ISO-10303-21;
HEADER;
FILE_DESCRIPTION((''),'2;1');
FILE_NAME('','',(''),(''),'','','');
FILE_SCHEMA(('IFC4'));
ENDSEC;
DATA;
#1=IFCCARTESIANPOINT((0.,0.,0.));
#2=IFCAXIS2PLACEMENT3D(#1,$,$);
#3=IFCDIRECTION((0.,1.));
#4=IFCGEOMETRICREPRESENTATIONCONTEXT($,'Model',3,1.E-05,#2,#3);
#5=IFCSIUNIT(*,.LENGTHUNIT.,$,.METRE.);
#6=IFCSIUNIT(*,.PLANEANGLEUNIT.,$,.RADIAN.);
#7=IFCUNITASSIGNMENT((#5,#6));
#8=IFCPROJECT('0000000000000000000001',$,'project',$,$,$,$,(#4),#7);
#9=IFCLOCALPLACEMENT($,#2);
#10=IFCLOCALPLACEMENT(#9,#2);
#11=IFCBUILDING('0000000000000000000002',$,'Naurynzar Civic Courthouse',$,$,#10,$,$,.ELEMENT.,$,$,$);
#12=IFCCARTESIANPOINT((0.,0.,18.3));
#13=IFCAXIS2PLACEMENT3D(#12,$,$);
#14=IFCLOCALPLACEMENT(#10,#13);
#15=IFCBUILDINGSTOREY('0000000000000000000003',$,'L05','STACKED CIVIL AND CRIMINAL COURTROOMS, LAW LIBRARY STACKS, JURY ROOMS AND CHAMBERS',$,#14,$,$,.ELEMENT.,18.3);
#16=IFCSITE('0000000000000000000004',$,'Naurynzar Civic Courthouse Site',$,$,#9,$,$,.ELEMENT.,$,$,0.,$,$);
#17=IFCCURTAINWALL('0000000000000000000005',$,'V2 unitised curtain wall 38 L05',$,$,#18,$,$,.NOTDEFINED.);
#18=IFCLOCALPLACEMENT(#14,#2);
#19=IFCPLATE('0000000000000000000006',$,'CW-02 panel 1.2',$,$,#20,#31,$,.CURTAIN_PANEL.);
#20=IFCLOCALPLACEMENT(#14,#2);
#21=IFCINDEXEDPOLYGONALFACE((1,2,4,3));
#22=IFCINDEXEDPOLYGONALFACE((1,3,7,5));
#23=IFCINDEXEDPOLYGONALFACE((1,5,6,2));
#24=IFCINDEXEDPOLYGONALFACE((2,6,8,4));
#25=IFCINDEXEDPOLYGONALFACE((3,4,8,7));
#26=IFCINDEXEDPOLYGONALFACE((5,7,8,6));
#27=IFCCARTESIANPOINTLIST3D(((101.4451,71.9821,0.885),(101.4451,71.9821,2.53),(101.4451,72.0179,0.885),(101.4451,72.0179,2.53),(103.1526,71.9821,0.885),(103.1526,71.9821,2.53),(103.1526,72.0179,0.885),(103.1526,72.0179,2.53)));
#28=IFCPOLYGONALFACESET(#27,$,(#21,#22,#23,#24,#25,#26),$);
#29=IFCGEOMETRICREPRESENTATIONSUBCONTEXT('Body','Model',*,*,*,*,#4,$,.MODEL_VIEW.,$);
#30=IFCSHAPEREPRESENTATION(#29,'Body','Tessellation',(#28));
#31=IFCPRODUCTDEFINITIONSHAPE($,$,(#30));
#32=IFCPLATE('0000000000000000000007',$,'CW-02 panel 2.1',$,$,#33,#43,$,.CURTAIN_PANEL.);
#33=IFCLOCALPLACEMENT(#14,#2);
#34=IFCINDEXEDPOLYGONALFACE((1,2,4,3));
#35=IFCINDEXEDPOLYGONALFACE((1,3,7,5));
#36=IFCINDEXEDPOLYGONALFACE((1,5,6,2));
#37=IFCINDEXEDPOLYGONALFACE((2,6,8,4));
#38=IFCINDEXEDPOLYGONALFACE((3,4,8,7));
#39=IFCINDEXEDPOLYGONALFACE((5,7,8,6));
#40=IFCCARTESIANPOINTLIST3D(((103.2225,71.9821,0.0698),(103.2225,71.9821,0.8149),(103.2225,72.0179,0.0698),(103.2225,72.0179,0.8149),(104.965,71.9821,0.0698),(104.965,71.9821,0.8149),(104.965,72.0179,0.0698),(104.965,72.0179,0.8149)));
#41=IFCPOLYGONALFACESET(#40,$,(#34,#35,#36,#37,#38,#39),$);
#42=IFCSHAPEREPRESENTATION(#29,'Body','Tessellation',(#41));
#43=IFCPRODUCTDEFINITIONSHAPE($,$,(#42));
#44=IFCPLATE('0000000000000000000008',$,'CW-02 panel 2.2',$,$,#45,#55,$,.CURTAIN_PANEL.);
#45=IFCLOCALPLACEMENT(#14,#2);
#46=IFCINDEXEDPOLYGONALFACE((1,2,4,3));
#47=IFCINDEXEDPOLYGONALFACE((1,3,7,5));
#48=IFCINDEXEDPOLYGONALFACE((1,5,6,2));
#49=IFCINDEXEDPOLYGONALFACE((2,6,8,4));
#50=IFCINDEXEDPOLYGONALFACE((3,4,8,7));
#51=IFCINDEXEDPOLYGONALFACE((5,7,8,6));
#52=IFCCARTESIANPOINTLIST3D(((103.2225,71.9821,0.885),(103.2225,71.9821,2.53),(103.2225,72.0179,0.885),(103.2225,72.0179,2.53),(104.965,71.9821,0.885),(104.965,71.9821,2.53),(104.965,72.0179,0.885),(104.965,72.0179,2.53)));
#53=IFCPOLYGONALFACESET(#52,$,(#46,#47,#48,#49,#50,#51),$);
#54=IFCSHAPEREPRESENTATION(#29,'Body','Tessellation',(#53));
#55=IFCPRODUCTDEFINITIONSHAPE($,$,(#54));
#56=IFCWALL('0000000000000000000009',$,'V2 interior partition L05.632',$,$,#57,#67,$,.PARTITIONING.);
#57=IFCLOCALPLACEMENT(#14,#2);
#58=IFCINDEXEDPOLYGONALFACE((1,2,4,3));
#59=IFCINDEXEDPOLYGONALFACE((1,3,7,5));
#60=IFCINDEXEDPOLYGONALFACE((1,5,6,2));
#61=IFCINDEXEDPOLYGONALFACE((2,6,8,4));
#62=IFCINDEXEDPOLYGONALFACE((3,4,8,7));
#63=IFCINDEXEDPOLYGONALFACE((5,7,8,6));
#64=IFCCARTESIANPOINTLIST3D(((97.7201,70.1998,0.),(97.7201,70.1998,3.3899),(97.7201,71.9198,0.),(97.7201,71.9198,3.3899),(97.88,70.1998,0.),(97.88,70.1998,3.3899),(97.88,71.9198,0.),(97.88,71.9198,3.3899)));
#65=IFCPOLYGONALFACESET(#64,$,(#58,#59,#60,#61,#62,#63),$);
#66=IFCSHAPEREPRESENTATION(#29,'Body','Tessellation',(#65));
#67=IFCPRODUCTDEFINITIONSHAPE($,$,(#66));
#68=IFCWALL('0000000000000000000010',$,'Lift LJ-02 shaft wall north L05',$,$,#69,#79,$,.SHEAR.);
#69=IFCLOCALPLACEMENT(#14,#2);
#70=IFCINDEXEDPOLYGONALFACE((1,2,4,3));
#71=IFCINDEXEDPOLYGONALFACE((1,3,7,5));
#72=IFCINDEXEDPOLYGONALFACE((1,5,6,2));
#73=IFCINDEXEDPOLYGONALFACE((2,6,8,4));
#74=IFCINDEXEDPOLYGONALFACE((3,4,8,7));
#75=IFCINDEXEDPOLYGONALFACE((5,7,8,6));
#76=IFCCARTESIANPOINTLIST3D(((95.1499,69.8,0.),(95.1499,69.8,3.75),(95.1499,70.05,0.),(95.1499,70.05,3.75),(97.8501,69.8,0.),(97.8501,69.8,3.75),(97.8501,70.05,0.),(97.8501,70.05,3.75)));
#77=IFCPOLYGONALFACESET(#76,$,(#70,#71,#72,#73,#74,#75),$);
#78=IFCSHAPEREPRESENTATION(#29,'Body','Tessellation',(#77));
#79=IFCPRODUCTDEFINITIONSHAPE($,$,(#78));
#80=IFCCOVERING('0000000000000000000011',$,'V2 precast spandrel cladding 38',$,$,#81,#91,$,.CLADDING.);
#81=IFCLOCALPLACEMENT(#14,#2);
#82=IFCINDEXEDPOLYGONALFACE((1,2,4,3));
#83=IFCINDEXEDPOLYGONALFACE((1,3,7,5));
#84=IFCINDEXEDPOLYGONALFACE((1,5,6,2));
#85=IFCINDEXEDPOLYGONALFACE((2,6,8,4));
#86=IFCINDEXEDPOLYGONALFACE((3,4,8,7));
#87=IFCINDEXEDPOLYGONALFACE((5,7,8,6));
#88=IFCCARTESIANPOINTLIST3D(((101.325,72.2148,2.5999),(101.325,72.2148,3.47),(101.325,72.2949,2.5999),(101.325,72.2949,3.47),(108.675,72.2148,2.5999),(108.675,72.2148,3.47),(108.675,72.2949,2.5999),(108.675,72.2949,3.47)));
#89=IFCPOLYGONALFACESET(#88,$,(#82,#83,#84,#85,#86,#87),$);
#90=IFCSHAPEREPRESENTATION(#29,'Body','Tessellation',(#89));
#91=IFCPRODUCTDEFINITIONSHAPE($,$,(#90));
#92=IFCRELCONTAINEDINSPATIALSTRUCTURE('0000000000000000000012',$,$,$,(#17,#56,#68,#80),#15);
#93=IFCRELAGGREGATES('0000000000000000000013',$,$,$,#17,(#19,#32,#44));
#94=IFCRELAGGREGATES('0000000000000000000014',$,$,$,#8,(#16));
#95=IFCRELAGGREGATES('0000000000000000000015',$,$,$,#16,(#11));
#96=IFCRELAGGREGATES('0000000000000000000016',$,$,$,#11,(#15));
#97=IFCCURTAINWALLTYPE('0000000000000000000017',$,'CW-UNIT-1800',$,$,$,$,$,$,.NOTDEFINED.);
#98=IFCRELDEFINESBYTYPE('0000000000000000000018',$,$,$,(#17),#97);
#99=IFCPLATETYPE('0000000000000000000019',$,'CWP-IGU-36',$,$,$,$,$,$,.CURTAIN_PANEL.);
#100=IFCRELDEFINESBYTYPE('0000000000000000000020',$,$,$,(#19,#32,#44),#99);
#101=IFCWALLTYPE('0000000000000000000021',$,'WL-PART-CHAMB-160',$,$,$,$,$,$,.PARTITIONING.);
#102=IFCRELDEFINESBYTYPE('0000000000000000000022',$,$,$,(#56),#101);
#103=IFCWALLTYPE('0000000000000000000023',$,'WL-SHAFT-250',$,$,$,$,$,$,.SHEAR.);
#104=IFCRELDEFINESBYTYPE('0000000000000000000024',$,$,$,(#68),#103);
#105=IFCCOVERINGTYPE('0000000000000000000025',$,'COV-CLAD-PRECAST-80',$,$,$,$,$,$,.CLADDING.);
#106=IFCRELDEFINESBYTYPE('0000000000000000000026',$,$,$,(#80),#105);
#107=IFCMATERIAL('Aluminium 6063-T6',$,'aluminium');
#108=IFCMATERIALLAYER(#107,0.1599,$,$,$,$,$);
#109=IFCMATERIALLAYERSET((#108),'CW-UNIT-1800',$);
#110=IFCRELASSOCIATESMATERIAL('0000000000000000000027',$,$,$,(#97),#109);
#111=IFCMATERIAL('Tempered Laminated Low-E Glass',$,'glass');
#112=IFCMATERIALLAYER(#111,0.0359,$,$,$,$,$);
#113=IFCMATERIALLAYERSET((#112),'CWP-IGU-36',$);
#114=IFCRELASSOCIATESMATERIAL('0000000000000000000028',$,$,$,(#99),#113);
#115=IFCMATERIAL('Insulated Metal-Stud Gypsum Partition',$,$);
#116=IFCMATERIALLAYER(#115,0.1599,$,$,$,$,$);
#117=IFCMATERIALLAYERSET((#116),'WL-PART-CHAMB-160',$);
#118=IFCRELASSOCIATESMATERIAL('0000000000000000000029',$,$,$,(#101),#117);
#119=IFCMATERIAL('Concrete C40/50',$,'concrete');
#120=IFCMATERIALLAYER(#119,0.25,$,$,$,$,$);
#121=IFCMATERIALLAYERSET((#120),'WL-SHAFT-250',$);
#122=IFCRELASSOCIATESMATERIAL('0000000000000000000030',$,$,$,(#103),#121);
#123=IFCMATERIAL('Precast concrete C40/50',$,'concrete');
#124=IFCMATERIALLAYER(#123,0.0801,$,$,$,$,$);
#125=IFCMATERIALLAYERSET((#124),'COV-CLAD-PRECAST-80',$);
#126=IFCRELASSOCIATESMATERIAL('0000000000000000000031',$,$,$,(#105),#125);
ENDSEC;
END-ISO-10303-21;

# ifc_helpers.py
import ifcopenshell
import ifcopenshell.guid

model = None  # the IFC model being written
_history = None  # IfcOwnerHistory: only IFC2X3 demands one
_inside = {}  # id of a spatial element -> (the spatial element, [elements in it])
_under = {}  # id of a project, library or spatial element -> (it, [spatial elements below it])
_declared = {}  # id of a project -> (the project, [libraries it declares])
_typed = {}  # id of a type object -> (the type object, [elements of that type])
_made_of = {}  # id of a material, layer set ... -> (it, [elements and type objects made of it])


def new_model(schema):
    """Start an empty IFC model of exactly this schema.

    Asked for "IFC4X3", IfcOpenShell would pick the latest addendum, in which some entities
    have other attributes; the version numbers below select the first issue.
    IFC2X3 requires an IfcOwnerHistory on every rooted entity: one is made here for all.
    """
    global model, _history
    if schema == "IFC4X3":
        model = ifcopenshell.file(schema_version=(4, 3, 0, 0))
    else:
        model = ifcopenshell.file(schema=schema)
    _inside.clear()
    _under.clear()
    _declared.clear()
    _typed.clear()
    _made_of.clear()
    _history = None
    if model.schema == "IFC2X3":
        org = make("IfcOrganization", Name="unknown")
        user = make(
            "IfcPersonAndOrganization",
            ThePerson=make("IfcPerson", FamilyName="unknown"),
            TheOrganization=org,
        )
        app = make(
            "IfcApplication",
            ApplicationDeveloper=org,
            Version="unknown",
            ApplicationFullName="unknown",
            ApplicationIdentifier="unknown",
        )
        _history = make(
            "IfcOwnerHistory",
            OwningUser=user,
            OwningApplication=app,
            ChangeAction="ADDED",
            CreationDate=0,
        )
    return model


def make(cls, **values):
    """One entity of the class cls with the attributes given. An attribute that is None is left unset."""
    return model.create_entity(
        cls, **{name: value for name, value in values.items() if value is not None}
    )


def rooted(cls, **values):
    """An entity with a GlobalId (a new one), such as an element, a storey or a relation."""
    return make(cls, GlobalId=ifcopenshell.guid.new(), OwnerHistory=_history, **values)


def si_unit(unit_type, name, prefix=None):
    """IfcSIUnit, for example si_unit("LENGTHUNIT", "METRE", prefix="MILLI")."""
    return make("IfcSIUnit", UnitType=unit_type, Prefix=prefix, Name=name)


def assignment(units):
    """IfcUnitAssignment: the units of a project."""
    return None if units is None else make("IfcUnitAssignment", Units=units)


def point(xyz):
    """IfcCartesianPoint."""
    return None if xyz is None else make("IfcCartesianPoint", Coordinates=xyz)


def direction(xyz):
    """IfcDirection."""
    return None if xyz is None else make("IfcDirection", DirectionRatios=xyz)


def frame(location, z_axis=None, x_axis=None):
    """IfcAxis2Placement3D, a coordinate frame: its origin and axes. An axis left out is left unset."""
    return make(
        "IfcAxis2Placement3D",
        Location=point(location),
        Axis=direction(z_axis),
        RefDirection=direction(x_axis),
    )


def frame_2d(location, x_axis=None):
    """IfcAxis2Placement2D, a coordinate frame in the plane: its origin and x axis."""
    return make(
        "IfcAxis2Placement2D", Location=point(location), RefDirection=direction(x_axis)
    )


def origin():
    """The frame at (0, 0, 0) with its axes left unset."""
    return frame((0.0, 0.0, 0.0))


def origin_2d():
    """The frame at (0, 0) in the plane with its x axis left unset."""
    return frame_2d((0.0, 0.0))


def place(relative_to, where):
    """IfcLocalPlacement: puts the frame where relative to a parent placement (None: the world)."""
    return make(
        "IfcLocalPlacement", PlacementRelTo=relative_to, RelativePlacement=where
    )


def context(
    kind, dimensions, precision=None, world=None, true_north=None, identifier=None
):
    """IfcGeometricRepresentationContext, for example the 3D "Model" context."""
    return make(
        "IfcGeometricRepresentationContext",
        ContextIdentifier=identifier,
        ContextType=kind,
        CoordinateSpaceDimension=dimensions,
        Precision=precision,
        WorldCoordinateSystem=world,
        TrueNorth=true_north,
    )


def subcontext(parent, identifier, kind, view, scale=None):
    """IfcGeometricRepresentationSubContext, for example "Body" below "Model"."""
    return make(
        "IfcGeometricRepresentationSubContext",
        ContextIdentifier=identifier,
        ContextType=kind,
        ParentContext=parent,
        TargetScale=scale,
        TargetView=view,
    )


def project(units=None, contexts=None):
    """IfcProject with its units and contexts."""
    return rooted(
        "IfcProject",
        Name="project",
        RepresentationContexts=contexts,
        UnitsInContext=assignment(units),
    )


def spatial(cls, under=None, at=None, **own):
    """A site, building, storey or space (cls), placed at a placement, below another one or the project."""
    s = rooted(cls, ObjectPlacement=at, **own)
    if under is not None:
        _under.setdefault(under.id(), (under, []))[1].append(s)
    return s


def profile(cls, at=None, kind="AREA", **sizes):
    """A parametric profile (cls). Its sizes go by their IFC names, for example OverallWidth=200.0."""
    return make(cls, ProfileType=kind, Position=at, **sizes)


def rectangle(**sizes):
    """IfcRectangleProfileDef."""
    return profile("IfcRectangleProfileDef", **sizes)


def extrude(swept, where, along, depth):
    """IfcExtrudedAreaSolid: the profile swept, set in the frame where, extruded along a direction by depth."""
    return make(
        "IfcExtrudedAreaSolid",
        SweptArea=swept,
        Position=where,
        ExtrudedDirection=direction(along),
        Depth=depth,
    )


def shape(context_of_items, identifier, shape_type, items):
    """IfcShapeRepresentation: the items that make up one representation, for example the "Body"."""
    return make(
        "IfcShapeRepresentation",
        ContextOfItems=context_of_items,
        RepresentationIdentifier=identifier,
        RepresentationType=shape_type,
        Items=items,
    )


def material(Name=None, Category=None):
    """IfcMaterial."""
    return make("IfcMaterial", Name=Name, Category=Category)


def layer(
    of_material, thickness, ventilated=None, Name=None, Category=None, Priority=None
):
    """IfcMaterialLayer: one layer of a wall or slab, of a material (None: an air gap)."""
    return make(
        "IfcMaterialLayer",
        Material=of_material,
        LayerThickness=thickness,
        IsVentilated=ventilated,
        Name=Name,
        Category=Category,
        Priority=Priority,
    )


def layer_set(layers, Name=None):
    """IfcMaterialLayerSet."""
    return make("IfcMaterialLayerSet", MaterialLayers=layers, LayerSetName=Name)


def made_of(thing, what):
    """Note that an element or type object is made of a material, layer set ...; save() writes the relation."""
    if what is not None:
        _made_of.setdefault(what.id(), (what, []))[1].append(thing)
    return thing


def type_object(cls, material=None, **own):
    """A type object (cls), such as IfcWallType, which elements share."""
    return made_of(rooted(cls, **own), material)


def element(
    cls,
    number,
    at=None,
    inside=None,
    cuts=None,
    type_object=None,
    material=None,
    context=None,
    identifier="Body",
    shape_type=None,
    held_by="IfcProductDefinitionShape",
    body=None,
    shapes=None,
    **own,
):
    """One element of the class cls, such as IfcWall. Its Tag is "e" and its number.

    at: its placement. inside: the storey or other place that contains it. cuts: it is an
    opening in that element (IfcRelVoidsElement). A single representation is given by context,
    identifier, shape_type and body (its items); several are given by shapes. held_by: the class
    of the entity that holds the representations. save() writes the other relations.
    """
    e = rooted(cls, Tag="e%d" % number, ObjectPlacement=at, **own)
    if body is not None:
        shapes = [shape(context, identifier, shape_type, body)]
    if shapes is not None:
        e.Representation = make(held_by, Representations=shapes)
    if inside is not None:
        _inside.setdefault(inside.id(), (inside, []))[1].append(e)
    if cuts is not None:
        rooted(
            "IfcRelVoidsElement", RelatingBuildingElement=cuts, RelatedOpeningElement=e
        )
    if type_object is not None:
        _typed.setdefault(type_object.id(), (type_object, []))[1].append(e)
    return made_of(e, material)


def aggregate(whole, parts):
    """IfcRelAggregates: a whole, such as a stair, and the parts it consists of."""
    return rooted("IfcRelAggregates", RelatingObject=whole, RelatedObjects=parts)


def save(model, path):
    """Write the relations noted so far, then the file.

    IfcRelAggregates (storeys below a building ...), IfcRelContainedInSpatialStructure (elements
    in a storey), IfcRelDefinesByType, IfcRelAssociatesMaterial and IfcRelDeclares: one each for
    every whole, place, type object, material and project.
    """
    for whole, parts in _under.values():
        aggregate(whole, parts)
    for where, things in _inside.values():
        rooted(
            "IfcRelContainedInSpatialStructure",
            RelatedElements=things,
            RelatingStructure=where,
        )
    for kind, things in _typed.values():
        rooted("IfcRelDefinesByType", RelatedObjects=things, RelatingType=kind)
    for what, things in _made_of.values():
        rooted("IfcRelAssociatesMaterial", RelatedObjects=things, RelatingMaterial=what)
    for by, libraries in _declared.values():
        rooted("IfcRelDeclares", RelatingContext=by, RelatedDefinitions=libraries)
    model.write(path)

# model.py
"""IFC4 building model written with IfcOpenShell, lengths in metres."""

from ifc_helpers import new_model, si_unit, direction, frame, frame_2d, origin, origin_2d, place, context, subcontext, project, spatial, rectangle, extrude, material, layer, layer_set, type_object, element, aggregate, save


model = new_model("IFC4")

# Units and contexts
model_context = context("Model", 3, precision=1e-05, world=origin(), true_north=direction((0.0, 1.0)))
body_context = subcontext(model_context, "Body", "Model", "MODEL_VIEW")
ifc_project = project(units=[si_unit("LENGTHUNIT", "METRE"), si_unit("PLANEANGLEUNIT", "RADIAN")], contexts=[model_context])

# Site, building, storey
site_placement = place(None, origin())
site = spatial("IfcSite", under=ifc_project, at=site_placement, Name="Naurynzar Civic Courthouse Site", CompositionType="ELEMENT", RefElevation=0.0)
building_placement = place(site_placement, origin())
building = spatial("IfcBuilding", under=site, at=building_placement, Name="Naurynzar Civic Courthouse", CompositionType="ELEMENT")
storey_placement = place(building_placement, frame((0.0, 0.0, 18.3)))
storey = spatial("IfcBuildingStorey", under=building, at=storey_placement, Name="L05", Description="STACKED CIVIL AND CRIMINAL COURTROOMS, LAW LIBRARY STACKS, JURY ROOMS AND CHAMBERS", CompositionType="ELEMENT", Elevation=18.3)

# Curtain wall, plates
ifc_material_1 = material(Name="Aluminium 6063-T6", Category="aluminium")
ifc_layer_1 = layer(ifc_material_1, 0.1599)
ifc_layer_set_1 = layer_set([ifc_layer_1], Name="CW-UNIT-1800")
curtain_wall_type = type_object("IfcCurtainWallType", Name="CW-UNIT-1800", PredefinedType="NOTDEFINED", material=ifc_layer_set_1)
curtain_wall_placement = place(storey_placement, origin())
curtain_wall = element("IfcCurtainWall", 1, at=curtain_wall_placement, inside=storey, type_object=curtain_wall_type, Name="V2 unitised curtain wall 38 L05", PredefinedType="NOTDEFINED")
ifc_material_2 = material(Name="Tempered Laminated Low-E Glass", Category="glass")
ifc_layer_2 = layer(ifc_material_2, 0.0359)
ifc_layer_set_2 = layer_set([ifc_layer_2], Name="CWP-IGU-36")
plate_type = type_object("IfcPlateType", Name="CWP-IGU-36", PredefinedType="CURTAIN_PANEL", material=ifc_layer_set_2)
plate_1_placement = place(storey_placement, frame((102.2988, 72.0, 0.885), z_axis=(0.0, 0.0, 1.0), x_axis=(1.0, 0.0, 0.0)))
plate_1 = element("IfcPlate", 2, at=plate_1_placement, type_object=plate_type, Name="CW-02 panel 1.2", PredefinedType="CURTAIN_PANEL", context=body_context, shape_type="SweptSolid", body=[
    extrude(rectangle(XDim=1.7075, YDim=0.0359, at=origin_2d()), origin(), (0.0, 0.0, 1.0), 1.645),
])
plate_2_placement = place(storey_placement, frame((104.0938, 72.0, 0.0698), z_axis=(0.0, 0.0, 1.0), x_axis=(1.0, 0.0, 0.0)))
plate_2 = element("IfcPlate", 3, at=plate_2_placement, type_object=plate_type, Name="CW-02 panel 2.1", PredefinedType="CURTAIN_PANEL", context=body_context, shape_type="SweptSolid", body=[
    extrude(rectangle(XDim=1.7424, YDim=0.0359, at=origin_2d()), origin(), (0.0, 0.0, 1.0), 0.7451),
])
plate_3_placement = place(storey_placement, frame((104.0938, 72.0, 0.885), z_axis=(0.0, 0.0, 1.0), x_axis=(1.0, 0.0, 0.0)))
plate_3 = element("IfcPlate", 4, at=plate_3_placement, type_object=plate_type, Name="CW-02 panel 2.2", PredefinedType="CURTAIN_PANEL", context=body_context, shape_type="SweptSolid", body=[
    extrude(rectangle(XDim=1.7424, YDim=0.0359, at=origin_2d()), origin(), (0.0, 0.0, 1.0), 1.645),
])
aggregate(curtain_wall, [plate_1, plate_2, plate_3])

# Walls
ifc_material_3 = material(Name="Insulated Metal-Stud Gypsum Partition")
ifc_layer_3 = layer(ifc_material_3, 0.1599)
ifc_layer_set_3 = layer_set([ifc_layer_3], Name="WL-PART-CHAMB-160")
wall_type_1 = type_object("IfcWallType", Name="WL-PART-CHAMB-160", PredefinedType="PARTITIONING", material=ifc_layer_set_3)
wall_1_placement = place(storey_placement, frame((97.8, 70.2, 0.0), z_axis=(0.0, 0.0, 1.0), x_axis=(0.0, 1.0, 0.0)))
element("IfcWall", 5, at=wall_1_placement, inside=storey, type_object=wall_type_1, Name="V2 interior partition L05.632", PredefinedType="PARTITIONING", context=body_context, shape_type="SweptSolid", body=[
    extrude(rectangle(XDim=1.72, YDim=0.1599, at=frame_2d((0.8599, 0.0))), origin(), (0.0, 0.0, 1.0), 3.3899),
])
ifc_material_4 = material(Name="Concrete C40/50", Category="concrete")
ifc_layer_4 = layer(ifc_material_4, 0.25)
ifc_layer_set_4 = layer_set([ifc_layer_4], Name="WL-SHAFT-250")
wall_type_2 = type_object("IfcWallType", Name="WL-SHAFT-250", PredefinedType="SHEAR", material=ifc_layer_set_4)
wall_2_placement = place(storey_placement, frame((97.8501, 69.925, 0.0), z_axis=(0.0, 0.0, 1.0), x_axis=(-1.0, 0.0, 0.0)))
element("IfcWall", 6, at=wall_2_placement, inside=storey, type_object=wall_type_2, Name="Lift LJ-02 shaft wall north L05", PredefinedType="SHEAR", context=body_context, shape_type="SweptSolid", body=[
    extrude(rectangle(XDim=2.7002, YDim=0.25, at=frame_2d((1.3501, 0.0))), origin(), (0.0, 0.0, 1.0), 3.75),
])

# Covering
ifc_material_5 = material(Name="Precast concrete C40/50", Category="concrete")
ifc_layer_5 = layer(ifc_material_5, 0.0801)
ifc_layer_set_5 = layer_set([ifc_layer_5], Name="COV-CLAD-PRECAST-80")
covering_type = type_object("IfcCoveringType", Name="COV-CLAD-PRECAST-80", PredefinedType="CLADDING", material=ifc_layer_set_5)
covering_placement = place(storey_placement, frame((105.0, 72.2549, 2.5999), z_axis=(0.0, 0.0, 1.0), x_axis=(1.0, 0.0, 0.0)))
element("IfcCovering", 7, at=covering_placement, inside=storey, type_object=covering_type, Name="V2 precast spandrel cladding 38", PredefinedType="CLADDING", context=body_context, shape_type="SweptSolid", body=[
    extrude(rectangle(XDim=7.3501, YDim=0.0801, at=origin_2d()), origin(), (0.0, 0.0, 1.0), 0.8701),
])

save(model, "model.ifc")
